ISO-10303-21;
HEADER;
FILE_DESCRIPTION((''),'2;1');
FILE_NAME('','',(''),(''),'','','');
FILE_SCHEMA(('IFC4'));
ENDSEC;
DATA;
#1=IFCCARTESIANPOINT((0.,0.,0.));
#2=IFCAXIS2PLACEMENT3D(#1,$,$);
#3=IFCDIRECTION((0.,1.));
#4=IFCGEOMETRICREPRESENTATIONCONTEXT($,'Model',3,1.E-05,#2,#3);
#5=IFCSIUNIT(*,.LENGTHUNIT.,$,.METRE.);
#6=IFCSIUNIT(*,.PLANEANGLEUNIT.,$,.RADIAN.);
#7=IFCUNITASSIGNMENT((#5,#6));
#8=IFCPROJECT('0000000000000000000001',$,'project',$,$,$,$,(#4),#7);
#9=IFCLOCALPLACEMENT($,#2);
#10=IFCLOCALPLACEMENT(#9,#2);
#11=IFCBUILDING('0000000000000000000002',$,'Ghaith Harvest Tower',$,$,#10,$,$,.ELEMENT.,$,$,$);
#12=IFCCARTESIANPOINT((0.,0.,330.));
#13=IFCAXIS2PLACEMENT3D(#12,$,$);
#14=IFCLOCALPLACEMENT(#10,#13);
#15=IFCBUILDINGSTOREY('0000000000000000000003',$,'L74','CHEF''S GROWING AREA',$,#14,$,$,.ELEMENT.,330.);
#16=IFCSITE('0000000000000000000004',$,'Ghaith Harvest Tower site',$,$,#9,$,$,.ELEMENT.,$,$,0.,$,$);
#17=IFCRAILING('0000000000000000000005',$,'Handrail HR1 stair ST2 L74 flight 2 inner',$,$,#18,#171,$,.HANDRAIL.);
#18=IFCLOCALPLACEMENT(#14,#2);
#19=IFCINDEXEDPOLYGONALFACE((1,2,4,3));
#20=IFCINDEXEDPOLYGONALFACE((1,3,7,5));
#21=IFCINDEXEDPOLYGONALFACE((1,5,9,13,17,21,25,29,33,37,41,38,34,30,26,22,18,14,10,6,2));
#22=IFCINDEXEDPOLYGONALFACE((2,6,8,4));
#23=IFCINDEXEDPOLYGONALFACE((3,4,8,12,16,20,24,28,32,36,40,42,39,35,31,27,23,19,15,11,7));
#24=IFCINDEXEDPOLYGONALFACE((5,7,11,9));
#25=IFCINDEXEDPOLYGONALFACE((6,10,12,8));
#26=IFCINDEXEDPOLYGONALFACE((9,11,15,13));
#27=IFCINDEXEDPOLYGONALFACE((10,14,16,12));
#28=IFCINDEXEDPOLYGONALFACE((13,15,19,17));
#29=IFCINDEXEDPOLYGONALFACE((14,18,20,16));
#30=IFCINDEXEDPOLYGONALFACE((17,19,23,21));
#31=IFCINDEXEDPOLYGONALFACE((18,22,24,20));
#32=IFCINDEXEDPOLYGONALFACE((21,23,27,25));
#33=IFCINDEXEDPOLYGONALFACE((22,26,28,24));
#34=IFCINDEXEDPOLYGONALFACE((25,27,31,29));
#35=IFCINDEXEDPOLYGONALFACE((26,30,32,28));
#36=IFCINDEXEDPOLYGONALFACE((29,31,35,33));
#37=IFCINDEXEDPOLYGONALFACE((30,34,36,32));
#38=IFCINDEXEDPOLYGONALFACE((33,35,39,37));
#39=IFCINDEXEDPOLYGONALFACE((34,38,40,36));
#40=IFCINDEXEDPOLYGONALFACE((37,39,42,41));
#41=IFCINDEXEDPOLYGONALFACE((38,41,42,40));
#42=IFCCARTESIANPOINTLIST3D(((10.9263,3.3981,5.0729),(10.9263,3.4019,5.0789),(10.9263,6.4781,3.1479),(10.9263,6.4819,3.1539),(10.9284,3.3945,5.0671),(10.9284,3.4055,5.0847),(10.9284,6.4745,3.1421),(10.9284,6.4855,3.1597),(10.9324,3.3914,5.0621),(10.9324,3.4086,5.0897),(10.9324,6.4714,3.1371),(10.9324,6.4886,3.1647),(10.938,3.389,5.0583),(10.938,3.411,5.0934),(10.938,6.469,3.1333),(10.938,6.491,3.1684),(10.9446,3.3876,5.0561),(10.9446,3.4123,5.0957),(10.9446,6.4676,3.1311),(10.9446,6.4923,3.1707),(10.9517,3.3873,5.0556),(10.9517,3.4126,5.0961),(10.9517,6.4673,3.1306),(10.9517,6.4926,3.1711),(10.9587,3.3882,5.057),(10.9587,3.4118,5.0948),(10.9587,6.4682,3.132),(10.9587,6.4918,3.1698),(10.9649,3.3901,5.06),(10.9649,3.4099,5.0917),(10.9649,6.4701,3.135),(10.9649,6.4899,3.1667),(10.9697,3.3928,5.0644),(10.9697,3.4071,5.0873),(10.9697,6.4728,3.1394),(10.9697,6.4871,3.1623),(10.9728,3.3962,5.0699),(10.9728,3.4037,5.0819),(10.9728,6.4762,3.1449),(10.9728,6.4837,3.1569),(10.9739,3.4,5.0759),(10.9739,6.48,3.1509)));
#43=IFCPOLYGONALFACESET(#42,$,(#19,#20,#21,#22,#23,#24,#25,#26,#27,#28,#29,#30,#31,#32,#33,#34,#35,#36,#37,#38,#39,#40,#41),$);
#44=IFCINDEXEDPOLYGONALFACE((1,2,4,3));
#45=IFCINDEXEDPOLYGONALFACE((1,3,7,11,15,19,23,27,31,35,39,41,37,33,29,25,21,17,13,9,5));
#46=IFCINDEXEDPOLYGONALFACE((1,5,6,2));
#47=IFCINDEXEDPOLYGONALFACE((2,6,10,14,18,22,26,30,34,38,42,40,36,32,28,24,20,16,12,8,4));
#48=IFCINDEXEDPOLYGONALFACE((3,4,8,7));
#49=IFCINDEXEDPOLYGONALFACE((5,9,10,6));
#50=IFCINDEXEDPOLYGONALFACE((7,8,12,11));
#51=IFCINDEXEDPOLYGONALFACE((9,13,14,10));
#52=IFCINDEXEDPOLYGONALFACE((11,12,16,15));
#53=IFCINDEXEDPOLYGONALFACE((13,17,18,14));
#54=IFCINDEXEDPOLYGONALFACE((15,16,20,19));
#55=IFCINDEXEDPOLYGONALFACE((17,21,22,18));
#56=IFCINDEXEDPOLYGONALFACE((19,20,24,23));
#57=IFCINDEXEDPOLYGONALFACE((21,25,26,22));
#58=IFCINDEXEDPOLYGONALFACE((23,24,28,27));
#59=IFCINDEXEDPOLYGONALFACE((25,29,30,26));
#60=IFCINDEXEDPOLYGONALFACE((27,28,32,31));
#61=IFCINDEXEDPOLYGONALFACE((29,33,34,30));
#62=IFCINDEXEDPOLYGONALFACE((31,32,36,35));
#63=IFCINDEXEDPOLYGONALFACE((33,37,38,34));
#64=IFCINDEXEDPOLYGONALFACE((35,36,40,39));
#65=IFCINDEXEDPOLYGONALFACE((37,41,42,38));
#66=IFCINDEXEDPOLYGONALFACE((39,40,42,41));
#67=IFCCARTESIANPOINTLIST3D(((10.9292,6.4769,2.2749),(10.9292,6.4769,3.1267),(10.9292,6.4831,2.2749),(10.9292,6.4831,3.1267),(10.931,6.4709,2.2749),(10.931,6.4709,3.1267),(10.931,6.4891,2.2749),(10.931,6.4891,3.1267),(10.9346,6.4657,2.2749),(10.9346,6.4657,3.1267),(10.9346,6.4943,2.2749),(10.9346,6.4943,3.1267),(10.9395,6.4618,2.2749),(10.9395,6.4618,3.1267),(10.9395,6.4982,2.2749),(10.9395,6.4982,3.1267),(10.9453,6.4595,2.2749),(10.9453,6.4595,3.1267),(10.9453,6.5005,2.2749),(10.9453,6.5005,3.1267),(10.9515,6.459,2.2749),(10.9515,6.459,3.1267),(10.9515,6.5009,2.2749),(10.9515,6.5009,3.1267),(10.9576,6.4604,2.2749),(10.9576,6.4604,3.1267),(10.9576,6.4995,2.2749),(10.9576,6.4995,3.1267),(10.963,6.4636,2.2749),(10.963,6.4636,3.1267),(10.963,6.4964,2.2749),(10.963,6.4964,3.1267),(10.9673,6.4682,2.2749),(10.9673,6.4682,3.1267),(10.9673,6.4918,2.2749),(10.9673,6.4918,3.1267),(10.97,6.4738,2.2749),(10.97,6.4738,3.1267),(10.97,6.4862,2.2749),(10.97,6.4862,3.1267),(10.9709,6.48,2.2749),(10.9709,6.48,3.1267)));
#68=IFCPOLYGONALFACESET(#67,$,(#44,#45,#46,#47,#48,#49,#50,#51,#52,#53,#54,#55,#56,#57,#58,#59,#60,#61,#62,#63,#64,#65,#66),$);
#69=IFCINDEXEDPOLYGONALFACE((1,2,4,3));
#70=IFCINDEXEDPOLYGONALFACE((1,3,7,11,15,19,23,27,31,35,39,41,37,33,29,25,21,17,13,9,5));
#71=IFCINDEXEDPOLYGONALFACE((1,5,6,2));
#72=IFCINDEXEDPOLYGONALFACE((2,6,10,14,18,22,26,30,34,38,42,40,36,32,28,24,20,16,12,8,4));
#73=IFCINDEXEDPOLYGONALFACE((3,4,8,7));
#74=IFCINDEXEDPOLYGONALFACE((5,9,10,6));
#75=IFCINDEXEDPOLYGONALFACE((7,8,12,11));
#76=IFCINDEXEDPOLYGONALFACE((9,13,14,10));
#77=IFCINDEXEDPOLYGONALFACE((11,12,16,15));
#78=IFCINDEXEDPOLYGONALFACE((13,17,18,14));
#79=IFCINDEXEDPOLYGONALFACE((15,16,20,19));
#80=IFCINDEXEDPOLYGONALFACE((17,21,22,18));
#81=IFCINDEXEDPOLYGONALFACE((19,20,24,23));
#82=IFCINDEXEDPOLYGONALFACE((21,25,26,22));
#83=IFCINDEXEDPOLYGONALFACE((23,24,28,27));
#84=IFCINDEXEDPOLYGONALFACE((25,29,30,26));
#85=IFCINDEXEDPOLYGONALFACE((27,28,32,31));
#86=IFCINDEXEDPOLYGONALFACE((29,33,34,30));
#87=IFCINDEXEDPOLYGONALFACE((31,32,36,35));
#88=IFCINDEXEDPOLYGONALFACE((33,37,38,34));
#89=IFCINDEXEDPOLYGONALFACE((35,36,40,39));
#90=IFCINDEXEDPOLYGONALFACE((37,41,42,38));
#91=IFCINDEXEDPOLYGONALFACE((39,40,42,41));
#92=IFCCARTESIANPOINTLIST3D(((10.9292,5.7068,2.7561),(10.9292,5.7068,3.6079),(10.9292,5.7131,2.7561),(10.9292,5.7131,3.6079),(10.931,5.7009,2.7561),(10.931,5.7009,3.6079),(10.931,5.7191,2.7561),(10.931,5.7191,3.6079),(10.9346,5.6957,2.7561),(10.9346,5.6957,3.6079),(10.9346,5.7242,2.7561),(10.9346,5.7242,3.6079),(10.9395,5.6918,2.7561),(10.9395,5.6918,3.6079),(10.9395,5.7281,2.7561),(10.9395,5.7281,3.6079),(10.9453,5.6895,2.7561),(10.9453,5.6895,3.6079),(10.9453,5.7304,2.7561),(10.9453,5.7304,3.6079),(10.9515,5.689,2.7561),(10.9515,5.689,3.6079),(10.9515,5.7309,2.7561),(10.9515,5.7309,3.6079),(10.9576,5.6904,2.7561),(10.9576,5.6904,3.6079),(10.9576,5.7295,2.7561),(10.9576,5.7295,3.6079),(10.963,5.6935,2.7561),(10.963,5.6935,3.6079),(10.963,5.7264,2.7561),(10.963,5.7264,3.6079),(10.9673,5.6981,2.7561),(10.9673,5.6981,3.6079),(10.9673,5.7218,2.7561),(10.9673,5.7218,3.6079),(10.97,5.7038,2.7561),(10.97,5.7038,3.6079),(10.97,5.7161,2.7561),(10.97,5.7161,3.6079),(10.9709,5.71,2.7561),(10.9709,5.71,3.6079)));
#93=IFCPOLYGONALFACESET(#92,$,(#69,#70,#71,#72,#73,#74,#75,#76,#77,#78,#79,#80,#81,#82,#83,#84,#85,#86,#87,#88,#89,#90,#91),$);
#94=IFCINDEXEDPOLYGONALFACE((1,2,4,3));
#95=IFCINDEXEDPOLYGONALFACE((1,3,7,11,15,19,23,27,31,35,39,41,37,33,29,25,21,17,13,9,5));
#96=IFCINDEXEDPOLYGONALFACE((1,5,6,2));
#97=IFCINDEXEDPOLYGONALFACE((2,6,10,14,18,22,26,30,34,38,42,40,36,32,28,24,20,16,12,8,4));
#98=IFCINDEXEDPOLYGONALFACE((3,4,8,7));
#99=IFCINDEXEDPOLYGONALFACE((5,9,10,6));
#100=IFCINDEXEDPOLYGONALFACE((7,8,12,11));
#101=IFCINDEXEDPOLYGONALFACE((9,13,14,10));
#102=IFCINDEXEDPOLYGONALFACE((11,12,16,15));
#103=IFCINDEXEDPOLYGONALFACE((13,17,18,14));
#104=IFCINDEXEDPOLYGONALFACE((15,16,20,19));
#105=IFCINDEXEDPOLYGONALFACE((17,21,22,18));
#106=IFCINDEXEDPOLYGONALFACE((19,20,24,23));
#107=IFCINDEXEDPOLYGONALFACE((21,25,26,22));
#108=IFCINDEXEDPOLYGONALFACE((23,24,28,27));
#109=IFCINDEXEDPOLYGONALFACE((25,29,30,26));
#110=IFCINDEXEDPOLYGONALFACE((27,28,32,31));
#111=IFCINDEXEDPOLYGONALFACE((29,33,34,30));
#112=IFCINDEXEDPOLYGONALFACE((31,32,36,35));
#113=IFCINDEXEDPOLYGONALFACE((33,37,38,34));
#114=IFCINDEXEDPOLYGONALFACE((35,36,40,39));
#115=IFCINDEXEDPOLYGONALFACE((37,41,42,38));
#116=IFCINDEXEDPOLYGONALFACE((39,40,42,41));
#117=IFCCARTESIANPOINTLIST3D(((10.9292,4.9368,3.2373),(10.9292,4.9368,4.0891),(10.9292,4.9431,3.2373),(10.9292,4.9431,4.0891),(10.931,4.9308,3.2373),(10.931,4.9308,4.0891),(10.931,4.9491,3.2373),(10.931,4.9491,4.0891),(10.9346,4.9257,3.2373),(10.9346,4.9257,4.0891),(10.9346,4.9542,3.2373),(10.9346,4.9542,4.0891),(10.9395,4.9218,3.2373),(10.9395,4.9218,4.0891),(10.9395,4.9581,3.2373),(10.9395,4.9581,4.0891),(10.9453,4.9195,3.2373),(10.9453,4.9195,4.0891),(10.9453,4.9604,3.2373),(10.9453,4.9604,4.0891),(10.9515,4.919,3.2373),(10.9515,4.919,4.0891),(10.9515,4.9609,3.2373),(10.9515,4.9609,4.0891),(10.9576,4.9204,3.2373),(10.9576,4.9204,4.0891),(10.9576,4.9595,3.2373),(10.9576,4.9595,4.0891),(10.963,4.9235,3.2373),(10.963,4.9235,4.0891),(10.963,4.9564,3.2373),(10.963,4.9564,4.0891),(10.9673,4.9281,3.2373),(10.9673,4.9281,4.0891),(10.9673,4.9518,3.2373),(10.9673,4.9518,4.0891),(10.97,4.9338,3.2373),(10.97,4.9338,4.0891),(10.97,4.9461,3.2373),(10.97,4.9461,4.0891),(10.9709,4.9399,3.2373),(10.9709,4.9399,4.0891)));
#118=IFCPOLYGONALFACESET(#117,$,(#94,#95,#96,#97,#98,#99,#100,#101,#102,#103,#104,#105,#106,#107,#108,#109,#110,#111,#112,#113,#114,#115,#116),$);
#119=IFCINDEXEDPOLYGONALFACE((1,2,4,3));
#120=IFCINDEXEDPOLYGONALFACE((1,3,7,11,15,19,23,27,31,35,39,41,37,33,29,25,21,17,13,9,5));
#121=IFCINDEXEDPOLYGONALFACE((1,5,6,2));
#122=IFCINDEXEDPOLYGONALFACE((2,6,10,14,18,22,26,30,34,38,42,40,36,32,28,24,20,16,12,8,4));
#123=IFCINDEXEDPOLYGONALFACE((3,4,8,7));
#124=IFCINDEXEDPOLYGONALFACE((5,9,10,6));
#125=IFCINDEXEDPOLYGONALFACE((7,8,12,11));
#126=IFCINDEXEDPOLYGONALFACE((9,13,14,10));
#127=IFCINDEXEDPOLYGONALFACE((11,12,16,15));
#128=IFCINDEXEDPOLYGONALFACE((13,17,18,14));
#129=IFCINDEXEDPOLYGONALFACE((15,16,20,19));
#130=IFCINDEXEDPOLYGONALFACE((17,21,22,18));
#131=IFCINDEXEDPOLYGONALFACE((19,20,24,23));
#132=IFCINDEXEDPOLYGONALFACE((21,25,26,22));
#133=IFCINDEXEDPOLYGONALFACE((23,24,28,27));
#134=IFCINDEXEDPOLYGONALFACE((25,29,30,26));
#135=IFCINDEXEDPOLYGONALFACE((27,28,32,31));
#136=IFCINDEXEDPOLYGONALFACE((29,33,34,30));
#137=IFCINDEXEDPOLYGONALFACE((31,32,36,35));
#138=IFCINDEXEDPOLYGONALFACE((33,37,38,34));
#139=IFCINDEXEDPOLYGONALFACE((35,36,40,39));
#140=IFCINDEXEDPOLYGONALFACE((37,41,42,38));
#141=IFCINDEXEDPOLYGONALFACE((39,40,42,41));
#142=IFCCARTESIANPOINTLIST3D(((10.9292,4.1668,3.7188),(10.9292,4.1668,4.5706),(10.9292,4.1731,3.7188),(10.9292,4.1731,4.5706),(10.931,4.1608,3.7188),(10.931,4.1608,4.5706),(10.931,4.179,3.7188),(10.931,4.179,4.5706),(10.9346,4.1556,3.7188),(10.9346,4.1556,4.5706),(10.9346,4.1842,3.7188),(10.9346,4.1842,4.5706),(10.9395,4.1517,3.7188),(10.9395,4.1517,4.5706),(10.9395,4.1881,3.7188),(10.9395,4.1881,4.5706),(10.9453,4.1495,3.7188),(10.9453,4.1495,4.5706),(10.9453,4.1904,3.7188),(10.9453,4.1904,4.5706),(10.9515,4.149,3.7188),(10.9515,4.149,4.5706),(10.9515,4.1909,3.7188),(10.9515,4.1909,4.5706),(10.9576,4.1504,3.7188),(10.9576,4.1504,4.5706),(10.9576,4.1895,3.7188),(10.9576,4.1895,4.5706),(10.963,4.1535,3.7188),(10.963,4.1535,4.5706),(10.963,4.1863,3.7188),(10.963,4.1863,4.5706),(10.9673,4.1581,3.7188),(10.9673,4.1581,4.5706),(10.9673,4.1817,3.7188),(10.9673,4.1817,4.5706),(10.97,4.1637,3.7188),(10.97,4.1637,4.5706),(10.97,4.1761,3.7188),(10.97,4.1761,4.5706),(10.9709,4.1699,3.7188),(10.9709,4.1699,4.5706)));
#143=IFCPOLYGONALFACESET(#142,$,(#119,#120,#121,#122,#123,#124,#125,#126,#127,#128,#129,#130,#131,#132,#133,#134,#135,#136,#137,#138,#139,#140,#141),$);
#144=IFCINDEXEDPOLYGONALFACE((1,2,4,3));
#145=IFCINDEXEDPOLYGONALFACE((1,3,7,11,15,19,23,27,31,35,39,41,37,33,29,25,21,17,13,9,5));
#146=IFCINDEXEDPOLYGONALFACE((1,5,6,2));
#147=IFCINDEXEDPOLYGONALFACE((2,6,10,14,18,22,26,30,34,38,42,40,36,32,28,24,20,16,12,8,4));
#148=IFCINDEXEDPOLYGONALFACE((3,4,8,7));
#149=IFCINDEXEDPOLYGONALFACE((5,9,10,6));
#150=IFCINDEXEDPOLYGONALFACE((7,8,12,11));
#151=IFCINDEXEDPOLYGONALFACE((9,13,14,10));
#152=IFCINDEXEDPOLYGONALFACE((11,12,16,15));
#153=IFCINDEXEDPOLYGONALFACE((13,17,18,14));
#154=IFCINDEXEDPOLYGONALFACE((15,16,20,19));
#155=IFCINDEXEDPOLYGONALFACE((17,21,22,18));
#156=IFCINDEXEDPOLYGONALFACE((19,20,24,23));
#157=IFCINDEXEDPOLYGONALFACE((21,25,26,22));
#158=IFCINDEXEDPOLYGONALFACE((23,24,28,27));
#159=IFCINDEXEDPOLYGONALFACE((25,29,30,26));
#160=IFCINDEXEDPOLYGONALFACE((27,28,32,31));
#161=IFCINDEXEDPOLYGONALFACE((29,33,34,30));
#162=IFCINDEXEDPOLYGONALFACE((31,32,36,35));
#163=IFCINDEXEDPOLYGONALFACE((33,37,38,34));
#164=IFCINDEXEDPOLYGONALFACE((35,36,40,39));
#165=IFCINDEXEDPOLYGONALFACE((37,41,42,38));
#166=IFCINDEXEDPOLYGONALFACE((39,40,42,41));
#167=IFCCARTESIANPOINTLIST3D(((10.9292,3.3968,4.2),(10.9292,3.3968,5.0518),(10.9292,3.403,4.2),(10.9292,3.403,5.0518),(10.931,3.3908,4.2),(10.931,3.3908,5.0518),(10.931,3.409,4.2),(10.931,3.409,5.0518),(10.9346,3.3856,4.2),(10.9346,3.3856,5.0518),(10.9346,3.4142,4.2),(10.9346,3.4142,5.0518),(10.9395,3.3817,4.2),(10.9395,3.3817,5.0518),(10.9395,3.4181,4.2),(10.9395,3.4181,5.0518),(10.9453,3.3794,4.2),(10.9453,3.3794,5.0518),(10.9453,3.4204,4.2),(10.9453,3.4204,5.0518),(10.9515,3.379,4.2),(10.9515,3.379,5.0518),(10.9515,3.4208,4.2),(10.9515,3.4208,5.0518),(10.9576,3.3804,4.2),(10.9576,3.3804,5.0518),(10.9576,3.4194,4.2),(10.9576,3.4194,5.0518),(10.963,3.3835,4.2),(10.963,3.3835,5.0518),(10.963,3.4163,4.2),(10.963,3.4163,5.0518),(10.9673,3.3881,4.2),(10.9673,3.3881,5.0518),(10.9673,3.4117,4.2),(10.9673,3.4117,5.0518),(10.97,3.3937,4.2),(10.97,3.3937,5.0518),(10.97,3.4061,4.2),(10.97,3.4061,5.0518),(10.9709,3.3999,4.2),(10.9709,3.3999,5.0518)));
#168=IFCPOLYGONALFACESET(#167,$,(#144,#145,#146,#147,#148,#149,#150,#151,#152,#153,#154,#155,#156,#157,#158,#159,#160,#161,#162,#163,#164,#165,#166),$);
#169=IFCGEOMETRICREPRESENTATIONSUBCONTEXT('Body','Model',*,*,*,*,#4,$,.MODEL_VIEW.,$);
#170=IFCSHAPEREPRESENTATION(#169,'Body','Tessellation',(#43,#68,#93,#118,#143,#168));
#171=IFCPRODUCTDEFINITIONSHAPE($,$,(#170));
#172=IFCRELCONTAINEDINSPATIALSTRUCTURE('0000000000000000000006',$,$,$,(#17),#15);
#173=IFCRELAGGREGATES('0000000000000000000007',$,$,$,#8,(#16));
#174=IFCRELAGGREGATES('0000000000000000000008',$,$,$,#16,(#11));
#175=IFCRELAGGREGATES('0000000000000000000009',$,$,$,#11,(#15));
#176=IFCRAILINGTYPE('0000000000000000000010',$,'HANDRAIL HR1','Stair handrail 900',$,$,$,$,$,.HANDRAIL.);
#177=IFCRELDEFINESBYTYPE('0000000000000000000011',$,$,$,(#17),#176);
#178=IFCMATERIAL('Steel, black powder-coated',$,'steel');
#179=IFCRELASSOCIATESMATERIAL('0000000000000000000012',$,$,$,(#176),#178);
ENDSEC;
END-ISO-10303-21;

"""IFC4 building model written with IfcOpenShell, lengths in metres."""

from ifc_helpers import new_model, si_unit, direction, frame, origin, origin_2d, place, context, subcontext, project, spatial, circle, extrude, material, type_object, element, save


model = new_model("IFC4")

# Units and contexts
model_context = context("Model", 3, precision=1e-05, world=origin(), true_north=direction((0.0, 1.0)))
body_context = subcontext(model_context, "Body", "Model", "MODEL_VIEW")
ifc_project = project(units=[si_unit("LENGTHUNIT", "METRE"), si_unit("PLANEANGLEUNIT", "RADIAN")], contexts=[model_context])

# Site, building, storey
site_placement = place(None, origin())
site = spatial("IfcSite", under=ifc_project, at=site_placement, Name="Ghaith Harvest Tower site", CompositionType="ELEMENT", RefElevation=0.0)
building_placement = place(site_placement, origin())
building = spatial("IfcBuilding", under=site, at=building_placement, Name="Ghaith Harvest Tower", CompositionType="ELEMENT")
storey_placement = place(building_placement, frame((0.0, 0.0, 330.0)))
storey = spatial("IfcBuildingStorey", under=building, at=storey_placement, Name="L74", Description="CHEF'S GROWING AREA", CompositionType="ELEMENT", Elevation=330.0)

# Railing
ifc_material_1 = material(Name="Steel, black powder-coated", Category="steel")
railing_type = type_object("IfcRailingType", Name="HANDRAIL HR1", Description="Stair handrail 900", PredefinedType="HANDRAIL", material=ifc_material_1)
railing_1_placement = place(storey_placement, frame((10.95, 6.48, 2.2749)))
element("IfcRailing", 1, at=railing_1_placement, inside=storey, type_object=railing_type, Name="Handrail HR1 stair ST2 L74 flight 2 inner", PredefinedType="HANDRAIL", context=body_context, shape_type="SweptSolid", body=[
    extrude(circle(Radius=0.0239, at=origin_2d()), frame((0.0, 0.0, 0.876), z_axis=(0.0, -0.847998, 0.529999), x_axis=(1.0, 0.0, 0.0)), (0.0, 0.0, 1.0), 3.6321),
    extrude(circle(Radius=0.021, at=origin_2d()), origin(), (0.0, 0.0, 1.0), 0.8518),
    extrude(circle(Radius=0.021, at=origin_2d()), frame((0.0, -0.77, 0.4812)), (0.0, 0.0, 1.0), 0.8518),
    extrude(circle(Radius=0.021, at=origin_2d()), frame((0.0, -1.54, 0.9624)), (0.0, 0.0, 1.0), 0.8518),
    extrude(circle(Radius=0.021, at=origin_2d()), frame((0.0, -2.3101, 1.4438)), (0.0, 0.0, 1.0), 0.8518),
    extrude(circle(Radius=0.021, at=origin_2d()), frame((0.0, -3.0801, 1.925)), (0.0, 0.0, 1.0), 0.8518),
])

save(model, "model.ifc")
